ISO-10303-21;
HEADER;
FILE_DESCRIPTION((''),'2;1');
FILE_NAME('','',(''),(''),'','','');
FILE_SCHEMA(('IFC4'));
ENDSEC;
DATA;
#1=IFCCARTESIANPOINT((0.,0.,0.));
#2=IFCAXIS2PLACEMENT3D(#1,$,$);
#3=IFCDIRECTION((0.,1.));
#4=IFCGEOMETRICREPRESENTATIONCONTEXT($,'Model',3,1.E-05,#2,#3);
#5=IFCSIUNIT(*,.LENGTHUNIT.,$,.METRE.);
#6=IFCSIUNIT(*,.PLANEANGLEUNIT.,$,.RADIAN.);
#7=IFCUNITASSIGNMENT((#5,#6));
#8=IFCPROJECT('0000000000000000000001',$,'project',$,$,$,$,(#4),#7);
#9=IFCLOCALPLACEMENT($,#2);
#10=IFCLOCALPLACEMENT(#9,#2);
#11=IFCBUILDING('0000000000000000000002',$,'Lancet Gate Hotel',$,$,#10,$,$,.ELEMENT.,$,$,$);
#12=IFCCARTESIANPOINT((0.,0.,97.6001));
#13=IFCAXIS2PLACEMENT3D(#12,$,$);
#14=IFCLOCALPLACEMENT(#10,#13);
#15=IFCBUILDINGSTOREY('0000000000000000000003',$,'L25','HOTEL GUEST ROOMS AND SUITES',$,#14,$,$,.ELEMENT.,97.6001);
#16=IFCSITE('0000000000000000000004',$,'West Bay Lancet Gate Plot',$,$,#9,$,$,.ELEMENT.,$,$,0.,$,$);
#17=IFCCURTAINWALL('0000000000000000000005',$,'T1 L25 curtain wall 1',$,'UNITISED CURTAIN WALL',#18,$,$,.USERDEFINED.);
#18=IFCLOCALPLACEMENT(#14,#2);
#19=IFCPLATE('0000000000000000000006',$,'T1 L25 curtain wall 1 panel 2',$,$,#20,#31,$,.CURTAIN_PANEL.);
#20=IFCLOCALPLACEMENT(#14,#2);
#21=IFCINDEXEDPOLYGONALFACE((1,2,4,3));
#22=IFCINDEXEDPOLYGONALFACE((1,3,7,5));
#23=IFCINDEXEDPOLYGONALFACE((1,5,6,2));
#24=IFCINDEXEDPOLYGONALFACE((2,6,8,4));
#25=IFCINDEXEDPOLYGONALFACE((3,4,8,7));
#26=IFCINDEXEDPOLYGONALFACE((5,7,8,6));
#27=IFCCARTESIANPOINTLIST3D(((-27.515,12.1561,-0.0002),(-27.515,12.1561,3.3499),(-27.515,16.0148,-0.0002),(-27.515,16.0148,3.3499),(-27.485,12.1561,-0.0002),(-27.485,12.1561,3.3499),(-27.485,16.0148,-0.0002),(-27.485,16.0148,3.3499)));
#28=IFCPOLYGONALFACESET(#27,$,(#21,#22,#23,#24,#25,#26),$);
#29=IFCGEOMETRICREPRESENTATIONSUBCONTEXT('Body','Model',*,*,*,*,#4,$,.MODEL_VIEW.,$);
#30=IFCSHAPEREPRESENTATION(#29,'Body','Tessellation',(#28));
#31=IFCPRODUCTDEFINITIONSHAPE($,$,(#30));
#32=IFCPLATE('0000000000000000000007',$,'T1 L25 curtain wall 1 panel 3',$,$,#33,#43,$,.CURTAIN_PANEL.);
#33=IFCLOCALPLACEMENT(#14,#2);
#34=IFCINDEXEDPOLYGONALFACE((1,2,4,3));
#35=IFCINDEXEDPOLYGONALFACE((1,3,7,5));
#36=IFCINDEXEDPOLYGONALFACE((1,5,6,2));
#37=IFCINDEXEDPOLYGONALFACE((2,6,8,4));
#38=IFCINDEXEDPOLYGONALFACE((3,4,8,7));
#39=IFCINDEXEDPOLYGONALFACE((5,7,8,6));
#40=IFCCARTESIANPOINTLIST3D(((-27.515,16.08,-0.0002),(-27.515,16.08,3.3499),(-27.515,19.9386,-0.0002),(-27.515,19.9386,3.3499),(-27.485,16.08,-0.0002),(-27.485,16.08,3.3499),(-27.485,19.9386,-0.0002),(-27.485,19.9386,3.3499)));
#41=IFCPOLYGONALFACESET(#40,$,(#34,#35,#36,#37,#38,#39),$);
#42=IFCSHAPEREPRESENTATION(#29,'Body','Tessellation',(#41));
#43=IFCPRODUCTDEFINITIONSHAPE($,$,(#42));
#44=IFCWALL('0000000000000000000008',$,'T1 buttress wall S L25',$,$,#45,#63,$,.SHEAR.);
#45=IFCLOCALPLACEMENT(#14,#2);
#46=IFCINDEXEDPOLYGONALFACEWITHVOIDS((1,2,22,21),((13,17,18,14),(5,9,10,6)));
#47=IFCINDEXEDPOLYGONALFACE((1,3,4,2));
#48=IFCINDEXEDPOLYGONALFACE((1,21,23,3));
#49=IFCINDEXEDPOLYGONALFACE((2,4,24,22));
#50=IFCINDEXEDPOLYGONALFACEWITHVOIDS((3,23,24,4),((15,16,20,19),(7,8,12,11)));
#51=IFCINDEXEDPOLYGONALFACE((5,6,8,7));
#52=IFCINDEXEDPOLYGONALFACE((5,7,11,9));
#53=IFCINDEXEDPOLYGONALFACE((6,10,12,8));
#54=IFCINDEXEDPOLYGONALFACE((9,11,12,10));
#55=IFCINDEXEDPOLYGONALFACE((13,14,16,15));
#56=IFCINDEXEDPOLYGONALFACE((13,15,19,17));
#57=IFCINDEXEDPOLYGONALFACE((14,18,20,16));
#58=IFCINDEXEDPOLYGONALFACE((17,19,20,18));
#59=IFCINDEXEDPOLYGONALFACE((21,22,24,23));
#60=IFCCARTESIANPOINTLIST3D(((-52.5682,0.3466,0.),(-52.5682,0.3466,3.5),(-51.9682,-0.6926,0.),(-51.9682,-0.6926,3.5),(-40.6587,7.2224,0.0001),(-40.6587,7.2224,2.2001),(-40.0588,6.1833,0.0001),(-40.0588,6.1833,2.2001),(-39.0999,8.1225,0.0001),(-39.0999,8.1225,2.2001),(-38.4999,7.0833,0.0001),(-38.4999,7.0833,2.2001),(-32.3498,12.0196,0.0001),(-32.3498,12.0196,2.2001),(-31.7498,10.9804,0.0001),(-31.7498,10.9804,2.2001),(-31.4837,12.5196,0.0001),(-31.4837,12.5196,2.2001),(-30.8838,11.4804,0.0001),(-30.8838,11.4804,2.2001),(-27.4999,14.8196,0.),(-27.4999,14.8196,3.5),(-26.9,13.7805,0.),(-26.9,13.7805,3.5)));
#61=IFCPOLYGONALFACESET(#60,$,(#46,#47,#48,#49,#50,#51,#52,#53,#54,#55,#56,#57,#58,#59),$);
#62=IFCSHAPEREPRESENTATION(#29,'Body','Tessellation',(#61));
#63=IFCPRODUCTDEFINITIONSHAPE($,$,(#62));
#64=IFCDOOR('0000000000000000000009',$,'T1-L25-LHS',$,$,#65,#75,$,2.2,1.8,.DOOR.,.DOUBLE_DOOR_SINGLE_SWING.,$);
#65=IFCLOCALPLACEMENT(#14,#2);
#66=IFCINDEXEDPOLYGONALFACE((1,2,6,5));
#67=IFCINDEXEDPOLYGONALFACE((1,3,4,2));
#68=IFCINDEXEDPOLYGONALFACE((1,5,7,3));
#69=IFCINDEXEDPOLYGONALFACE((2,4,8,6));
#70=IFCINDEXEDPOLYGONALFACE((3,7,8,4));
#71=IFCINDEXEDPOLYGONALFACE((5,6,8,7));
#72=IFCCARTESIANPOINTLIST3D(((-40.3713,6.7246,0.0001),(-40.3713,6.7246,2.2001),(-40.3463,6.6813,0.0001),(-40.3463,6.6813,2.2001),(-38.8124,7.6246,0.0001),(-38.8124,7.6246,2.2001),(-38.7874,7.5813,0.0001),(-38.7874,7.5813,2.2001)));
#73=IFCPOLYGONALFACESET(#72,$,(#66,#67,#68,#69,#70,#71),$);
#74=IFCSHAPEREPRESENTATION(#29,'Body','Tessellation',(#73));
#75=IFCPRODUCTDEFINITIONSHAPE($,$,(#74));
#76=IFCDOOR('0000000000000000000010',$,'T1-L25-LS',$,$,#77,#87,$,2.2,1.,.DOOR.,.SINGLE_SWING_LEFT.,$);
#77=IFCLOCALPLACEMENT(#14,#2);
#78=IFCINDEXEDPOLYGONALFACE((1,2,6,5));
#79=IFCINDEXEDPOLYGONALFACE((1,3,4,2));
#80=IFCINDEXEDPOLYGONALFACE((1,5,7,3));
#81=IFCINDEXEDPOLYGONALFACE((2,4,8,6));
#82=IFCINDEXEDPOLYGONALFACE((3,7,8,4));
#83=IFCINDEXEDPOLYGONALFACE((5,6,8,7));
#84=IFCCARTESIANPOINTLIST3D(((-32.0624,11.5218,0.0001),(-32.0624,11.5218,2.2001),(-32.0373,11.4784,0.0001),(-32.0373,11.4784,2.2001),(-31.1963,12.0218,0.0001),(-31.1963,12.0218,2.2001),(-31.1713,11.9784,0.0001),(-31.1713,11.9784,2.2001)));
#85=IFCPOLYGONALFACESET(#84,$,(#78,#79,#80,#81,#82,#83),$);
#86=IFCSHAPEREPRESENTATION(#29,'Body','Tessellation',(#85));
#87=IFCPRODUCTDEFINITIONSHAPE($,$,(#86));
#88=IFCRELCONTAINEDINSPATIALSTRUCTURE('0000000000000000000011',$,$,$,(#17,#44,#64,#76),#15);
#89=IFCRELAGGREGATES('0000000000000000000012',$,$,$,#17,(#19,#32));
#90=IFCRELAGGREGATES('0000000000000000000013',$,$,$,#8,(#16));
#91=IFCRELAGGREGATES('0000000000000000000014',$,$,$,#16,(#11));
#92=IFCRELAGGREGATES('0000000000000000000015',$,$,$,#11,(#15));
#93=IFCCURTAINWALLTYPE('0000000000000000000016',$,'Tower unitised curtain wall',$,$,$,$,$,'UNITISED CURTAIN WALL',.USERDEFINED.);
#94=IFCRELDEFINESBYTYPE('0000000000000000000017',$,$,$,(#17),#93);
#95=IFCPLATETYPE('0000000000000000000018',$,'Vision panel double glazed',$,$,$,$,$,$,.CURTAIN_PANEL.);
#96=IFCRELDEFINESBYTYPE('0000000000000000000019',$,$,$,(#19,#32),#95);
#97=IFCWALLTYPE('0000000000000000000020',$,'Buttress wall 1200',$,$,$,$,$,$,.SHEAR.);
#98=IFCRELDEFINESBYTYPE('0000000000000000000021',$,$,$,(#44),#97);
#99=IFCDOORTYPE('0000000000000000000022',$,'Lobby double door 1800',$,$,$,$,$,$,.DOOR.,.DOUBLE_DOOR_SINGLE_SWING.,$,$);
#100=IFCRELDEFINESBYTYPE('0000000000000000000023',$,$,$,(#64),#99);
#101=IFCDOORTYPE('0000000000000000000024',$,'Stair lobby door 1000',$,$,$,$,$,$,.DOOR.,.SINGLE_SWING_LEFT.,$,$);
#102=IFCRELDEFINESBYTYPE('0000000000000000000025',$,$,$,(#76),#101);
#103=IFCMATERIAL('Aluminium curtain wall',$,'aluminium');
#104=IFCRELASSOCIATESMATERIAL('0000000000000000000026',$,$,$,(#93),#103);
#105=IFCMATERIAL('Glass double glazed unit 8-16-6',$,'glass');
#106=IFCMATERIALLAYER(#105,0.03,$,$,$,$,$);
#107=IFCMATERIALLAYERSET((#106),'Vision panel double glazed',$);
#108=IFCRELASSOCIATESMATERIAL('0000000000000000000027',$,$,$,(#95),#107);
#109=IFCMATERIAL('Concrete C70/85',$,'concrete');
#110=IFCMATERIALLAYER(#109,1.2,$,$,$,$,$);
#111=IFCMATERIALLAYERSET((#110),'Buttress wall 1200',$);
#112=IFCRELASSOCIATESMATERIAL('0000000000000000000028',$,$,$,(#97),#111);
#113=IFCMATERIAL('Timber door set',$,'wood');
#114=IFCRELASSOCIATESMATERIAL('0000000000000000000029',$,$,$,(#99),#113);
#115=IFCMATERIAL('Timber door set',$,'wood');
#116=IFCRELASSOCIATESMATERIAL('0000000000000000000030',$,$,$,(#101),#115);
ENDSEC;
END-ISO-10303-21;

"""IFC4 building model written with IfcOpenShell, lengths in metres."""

from ifc_helpers import new_model, si_unit, direction, frame, frame_2d, origin, origin_2d, place, context, subcontext, project, spatial, rectangle, extrude, material, layer, layer_set, type_object, element, fill, aggregate, save


model = new_model("IFC4")

# Units and contexts
model_context = context("Model", 3, precision=1e-05, world=origin(), true_north=direction((0.0, 1.0)))
body_context = subcontext(model_context, "Body", "Model", "MODEL_VIEW")
ifc_project = project(units=[si_unit("LENGTHUNIT", "METRE"), si_unit("PLANEANGLEUNIT", "RADIAN")], contexts=[model_context])

# Site, building, storey
site_placement = place(None, origin())
site = spatial("IfcSite", under=ifc_project, at=site_placement, Name="West Bay Lancet Gate Plot", CompositionType="ELEMENT", RefElevation=0.0)
building_placement = place(site_placement, origin())
building = spatial("IfcBuilding", under=site, at=building_placement, Name="Lancet Gate Hotel", CompositionType="ELEMENT")
storey_placement = place(building_placement, frame((0.0, 0.0, 97.6001)))
storey = spatial("IfcBuildingStorey", under=building, at=storey_placement, Name="L25", Description="HOTEL GUEST ROOMS AND SUITES", CompositionType="ELEMENT", Elevation=97.6001)

# Curtain wall
ifc_material_1 = material(Name="Aluminium curtain wall", Category="aluminium")
curtain_wall_type = type_object("IfcCurtainWallType", Name="Tower unitised curtain wall", ElementType="UNITISED CURTAIN WALL", PredefinedType="USERDEFINED", material=ifc_material_1)
curtain_wall_placement = place(storey_placement, origin())
curtain_wall = element("IfcCurtainWall", 1, at=curtain_wall_placement, inside=storey, type_object=curtain_wall_type, Name="T1 L25 curtain wall 1", ObjectType="UNITISED CURTAIN WALL", PredefinedType="USERDEFINED")

# Plates
ifc_material_2 = material(Name="Glass double glazed unit 8-16-6", Category="glass")
ifc_layer_1 = layer(ifc_material_2, 0.03)
ifc_layer_set_1 = layer_set([ifc_layer_1], Name="Vision panel double glazed")
plate_type = type_object("IfcPlateType", Name="Vision panel double glazed", PredefinedType="CURTAIN_PANEL", material=ifc_layer_set_1)
plate_1_placement = place(storey_placement, frame((-27.5, 14.0854, -0.0002), z_axis=(0.0, 0.0, 1.0), x_axis=(0.0, 1.0, 0.0)))
plate_1 = element("IfcPlate", 2, at=plate_1_placement, type_object=plate_type, Name="T1 L25 curtain wall 1 panel 2", PredefinedType="CURTAIN_PANEL", context=body_context, shape_type="SweptSolid", body=[
    extrude(rectangle(XDim=3.8586, YDim=0.03, at=origin_2d()), origin(), (0.0, 0.0, 1.0), 3.3501),
])
plate_2_placement = place(storey_placement, frame((-27.5, 18.0093, -0.0002), z_axis=(0.0, 0.0, 1.0), x_axis=(0.0, 1.0, 0.0)))
plate_2 = element("IfcPlate", 3, at=plate_2_placement, type_object=plate_type, Name="T1 L25 curtain wall 1 panel 3", PredefinedType="CURTAIN_PANEL", context=body_context, shape_type="SweptSolid", body=[
    extrude(rectangle(XDim=3.8586, YDim=0.03, at=origin_2d()), origin(), (0.0, 0.0, 1.0), 3.3501),
])
aggregate(curtain_wall, [plate_1, plate_2])

# Wall, openings, doors
ifc_material_3 = material(Name="Concrete C70/85", Category="concrete")
ifc_layer_2 = layer(ifc_material_3, 1.2)
ifc_layer_set_2 = layer_set([ifc_layer_2], Name="Buttress wall 1200")
wall_type = type_object("IfcWallType", Name="Buttress wall 1200", PredefinedType="SHEAR", material=ifc_layer_set_2)
wall_placement = place(storey_placement, frame((-27.2, 14.3, 0.0), z_axis=(0.0, 0.0, 1.0), x_axis=(-0.866027, -0.499998, 0.0)))
wall = element("IfcWall", 4, at=wall_placement, inside=storey, type_object=wall_type, Name="T1 buttress wall S L25", PredefinedType="SHEAR", context=body_context, shape_type="SweptSolid", body=[
    extrude(rectangle(XDim=28.9463, YDim=1.2, at=frame_2d((14.4731, 0.0))), origin(), (0.0, 0.0, 1.0), 3.5),
])
opening_1_placement = place(wall_placement, frame((4.6001, 0.0, 0.0)))
opening_1 = element("IfcOpeningElement", 5, at=opening_1_placement, cuts=wall, PredefinedType="OPENING", context=body_context, shape_type="SweptSolid", body=[
    extrude(rectangle(XDim=1.0, YDim=2.2, at=frame_2d((0.5, 1.1001))), frame((0.0, 0.6099, 0.0), z_axis=(0.0, -1.0, 0.0), x_axis=(1.0, 0.0, 0.0)), (0.0, 0.0, 1.0), 1.22),
])
opening_2_placement = place(wall_placement, frame((13.3945, 0.0, 0.0)))
opening_2 = element("IfcOpeningElement", 6, at=opening_2_placement, cuts=wall, PredefinedType="OPENING", context=body_context, shape_type="SweptSolid", body=[
    extrude(rectangle(XDim=1.8, YDim=2.2, at=frame_2d((0.8999, 1.1001))), frame((0.0, 0.6099, 0.0), z_axis=(0.0, -1.0, 0.0), x_axis=(1.0, 0.0, 0.0)), (0.0, 0.0, 1.0), 1.22),
])
ifc_material_4 = material(Name="Timber door set", Category="wood")
door_type_1 = type_object("IfcDoorType", Name="Lobby double door 1800", OperationType="DOUBLE_DOOR_SINGLE_SWING", PredefinedType="DOOR", material=ifc_material_4)
door_1_placement = place(opening_2_placement, origin())
door_1 = element("IfcDoor", 7, at=door_1_placement, inside=storey, type_object=door_type_1, Name="T1-L25-LHS", OperationType="DOUBLE_DOOR_SINGLE_SWING", OverallHeight=2.2, OverallWidth=1.8, PredefinedType="DOOR", context=body_context, shape_type="SweptSolid", body=[
    extrude(rectangle(XDim=1.8, YDim=2.2, at=frame_2d((0.8999, 1.1001))), frame((0.0, 0.0249, 0.0), z_axis=(0.0, -1.0, 0.0), x_axis=(1.0, 0.0, 0.0)), (0.0, 0.0, 1.0), 0.05),
])
fill(opening_2, door_1)
ifc_material_5 = material(Name="Timber door set", Category="wood")
door_type_2 = type_object("IfcDoorType", Name="Stair lobby door 1000", OperationType="SINGLE_SWING_LEFT", PredefinedType="DOOR", material=ifc_material_5)
door_2_placement = place(opening_1_placement, origin())
door_2 = element("IfcDoor", 8, at=door_2_placement, inside=storey, type_object=door_type_2, Name="T1-L25-LS", OperationType="SINGLE_SWING_LEFT", OverallHeight=2.2, OverallWidth=1.0, PredefinedType="DOOR", context=body_context, shape_type="SweptSolid", body=[
    extrude(rectangle(XDim=1.0, YDim=2.2, at=frame_2d((0.5, 1.1001))), frame((0.0, 0.0249, 0.0), z_axis=(0.0, -1.0, 0.0), x_axis=(1.0, 0.0, 0.0)), (0.0, 0.0, 1.0), 0.05),
])
fill(opening_1, door_2)

save(model, "model.ifc")
